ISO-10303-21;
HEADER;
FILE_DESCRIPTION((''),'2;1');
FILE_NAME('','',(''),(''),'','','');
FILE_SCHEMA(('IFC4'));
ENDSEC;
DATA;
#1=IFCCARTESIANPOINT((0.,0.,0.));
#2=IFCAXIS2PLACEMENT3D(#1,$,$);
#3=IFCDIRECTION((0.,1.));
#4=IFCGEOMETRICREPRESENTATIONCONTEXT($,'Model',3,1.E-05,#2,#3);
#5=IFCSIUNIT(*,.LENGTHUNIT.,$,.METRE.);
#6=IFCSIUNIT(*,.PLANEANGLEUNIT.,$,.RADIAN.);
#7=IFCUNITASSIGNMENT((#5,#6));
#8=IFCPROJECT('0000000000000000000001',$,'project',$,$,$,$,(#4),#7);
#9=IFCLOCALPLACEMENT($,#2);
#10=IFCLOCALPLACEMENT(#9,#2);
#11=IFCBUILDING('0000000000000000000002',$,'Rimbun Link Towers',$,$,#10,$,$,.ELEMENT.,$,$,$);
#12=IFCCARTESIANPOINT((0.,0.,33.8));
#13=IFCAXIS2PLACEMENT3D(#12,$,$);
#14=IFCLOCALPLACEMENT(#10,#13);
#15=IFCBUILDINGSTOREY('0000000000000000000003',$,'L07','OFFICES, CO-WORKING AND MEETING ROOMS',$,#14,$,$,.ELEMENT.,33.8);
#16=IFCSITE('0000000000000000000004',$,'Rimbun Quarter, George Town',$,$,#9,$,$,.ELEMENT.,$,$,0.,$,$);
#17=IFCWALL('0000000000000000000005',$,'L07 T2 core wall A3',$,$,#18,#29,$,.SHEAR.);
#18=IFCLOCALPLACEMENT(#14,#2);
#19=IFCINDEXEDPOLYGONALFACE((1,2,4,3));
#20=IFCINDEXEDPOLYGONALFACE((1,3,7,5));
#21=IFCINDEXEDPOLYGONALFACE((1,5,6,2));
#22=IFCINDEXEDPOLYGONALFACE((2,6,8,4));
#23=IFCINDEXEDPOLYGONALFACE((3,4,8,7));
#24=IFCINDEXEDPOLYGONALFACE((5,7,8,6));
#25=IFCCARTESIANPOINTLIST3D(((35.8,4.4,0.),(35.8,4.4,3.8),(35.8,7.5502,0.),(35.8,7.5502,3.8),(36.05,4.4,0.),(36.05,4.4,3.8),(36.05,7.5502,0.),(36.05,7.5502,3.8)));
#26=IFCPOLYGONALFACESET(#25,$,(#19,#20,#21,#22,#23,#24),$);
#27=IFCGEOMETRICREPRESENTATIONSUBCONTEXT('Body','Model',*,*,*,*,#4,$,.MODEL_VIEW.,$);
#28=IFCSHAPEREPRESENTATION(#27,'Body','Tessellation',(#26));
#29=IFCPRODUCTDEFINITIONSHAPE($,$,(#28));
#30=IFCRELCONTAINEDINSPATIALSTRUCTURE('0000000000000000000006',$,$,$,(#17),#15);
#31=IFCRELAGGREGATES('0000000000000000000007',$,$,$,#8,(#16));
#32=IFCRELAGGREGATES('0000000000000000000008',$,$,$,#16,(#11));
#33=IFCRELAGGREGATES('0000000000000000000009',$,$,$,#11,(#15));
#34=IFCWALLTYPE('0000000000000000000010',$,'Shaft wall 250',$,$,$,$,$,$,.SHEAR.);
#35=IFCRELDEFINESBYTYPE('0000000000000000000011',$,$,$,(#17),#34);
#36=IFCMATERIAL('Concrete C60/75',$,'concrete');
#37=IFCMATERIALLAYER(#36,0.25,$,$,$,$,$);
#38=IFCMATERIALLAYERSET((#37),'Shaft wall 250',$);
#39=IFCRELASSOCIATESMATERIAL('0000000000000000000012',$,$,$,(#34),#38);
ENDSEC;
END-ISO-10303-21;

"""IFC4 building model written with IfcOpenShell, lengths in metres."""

from ifc_helpers import new_model, si_unit, direction, frame, frame_2d, origin, place, context, subcontext, project, spatial, rectangle, extrude, material, layer, layer_set, type_object, element, save


model = new_model("IFC4")

# Units and contexts
model_context = context("Model", 3, precision=1e-05, world=origin(), true_north=direction((0.0, 1.0)))
body_context = subcontext(model_context, "Body", "Model", "MODEL_VIEW")
ifc_project = project(units=[si_unit("LENGTHUNIT", "METRE"), si_unit("PLANEANGLEUNIT", "RADIAN")], contexts=[model_context])

# Site, building, storey
site_placement = place(None, origin())
site = spatial("IfcSite", under=ifc_project, at=site_placement, Name="Rimbun Quarter, George Town", CompositionType="ELEMENT", RefElevation=0.0)
building_placement = place(site_placement, origin())
building = spatial("IfcBuilding", under=site, at=building_placement, Name="Rimbun Link Towers", CompositionType="ELEMENT")
storey_placement = place(building_placement, frame((0.0, 0.0, 33.8)))
storey = spatial("IfcBuildingStorey", under=building, at=storey_placement, Name="L07", Description="OFFICES, CO-WORKING AND MEETING ROOMS", CompositionType="ELEMENT", Elevation=33.8)

# Shared definitions
ifc_material_1 = material(Name="Concrete C60/75", Category="concrete")
ifc_layer_1 = layer(ifc_material_1, 0.25)
ifc_layer_set_1 = layer_set([ifc_layer_1], Name="Shaft wall 250")
wall_type_1 = type_object("IfcWallType", Name="Shaft wall 250", PredefinedType="SHEAR", material=ifc_layer_set_1)

# Wall
wall_1_placement = place(storey_placement, frame((35.925, 4.3999, 0.0), z_axis=(0.0, 0.0, 1.0), x_axis=(0.0, 1.0, 0.0)))
element("IfcWall", 1, at=wall_1_placement, inside=storey, type_object=wall_type_1, Name="L07 T2 core wall A3", PredefinedType="SHEAR", context=body_context, shape_type="SweptSolid", body=[
    extrude(rectangle(XDim=3.1501, YDim=0.25, at=frame_2d((1.5752, 0.0))), origin(), (0.0, 0.0, 1.0), 3.8),
])

save(model, "model.ifc")
